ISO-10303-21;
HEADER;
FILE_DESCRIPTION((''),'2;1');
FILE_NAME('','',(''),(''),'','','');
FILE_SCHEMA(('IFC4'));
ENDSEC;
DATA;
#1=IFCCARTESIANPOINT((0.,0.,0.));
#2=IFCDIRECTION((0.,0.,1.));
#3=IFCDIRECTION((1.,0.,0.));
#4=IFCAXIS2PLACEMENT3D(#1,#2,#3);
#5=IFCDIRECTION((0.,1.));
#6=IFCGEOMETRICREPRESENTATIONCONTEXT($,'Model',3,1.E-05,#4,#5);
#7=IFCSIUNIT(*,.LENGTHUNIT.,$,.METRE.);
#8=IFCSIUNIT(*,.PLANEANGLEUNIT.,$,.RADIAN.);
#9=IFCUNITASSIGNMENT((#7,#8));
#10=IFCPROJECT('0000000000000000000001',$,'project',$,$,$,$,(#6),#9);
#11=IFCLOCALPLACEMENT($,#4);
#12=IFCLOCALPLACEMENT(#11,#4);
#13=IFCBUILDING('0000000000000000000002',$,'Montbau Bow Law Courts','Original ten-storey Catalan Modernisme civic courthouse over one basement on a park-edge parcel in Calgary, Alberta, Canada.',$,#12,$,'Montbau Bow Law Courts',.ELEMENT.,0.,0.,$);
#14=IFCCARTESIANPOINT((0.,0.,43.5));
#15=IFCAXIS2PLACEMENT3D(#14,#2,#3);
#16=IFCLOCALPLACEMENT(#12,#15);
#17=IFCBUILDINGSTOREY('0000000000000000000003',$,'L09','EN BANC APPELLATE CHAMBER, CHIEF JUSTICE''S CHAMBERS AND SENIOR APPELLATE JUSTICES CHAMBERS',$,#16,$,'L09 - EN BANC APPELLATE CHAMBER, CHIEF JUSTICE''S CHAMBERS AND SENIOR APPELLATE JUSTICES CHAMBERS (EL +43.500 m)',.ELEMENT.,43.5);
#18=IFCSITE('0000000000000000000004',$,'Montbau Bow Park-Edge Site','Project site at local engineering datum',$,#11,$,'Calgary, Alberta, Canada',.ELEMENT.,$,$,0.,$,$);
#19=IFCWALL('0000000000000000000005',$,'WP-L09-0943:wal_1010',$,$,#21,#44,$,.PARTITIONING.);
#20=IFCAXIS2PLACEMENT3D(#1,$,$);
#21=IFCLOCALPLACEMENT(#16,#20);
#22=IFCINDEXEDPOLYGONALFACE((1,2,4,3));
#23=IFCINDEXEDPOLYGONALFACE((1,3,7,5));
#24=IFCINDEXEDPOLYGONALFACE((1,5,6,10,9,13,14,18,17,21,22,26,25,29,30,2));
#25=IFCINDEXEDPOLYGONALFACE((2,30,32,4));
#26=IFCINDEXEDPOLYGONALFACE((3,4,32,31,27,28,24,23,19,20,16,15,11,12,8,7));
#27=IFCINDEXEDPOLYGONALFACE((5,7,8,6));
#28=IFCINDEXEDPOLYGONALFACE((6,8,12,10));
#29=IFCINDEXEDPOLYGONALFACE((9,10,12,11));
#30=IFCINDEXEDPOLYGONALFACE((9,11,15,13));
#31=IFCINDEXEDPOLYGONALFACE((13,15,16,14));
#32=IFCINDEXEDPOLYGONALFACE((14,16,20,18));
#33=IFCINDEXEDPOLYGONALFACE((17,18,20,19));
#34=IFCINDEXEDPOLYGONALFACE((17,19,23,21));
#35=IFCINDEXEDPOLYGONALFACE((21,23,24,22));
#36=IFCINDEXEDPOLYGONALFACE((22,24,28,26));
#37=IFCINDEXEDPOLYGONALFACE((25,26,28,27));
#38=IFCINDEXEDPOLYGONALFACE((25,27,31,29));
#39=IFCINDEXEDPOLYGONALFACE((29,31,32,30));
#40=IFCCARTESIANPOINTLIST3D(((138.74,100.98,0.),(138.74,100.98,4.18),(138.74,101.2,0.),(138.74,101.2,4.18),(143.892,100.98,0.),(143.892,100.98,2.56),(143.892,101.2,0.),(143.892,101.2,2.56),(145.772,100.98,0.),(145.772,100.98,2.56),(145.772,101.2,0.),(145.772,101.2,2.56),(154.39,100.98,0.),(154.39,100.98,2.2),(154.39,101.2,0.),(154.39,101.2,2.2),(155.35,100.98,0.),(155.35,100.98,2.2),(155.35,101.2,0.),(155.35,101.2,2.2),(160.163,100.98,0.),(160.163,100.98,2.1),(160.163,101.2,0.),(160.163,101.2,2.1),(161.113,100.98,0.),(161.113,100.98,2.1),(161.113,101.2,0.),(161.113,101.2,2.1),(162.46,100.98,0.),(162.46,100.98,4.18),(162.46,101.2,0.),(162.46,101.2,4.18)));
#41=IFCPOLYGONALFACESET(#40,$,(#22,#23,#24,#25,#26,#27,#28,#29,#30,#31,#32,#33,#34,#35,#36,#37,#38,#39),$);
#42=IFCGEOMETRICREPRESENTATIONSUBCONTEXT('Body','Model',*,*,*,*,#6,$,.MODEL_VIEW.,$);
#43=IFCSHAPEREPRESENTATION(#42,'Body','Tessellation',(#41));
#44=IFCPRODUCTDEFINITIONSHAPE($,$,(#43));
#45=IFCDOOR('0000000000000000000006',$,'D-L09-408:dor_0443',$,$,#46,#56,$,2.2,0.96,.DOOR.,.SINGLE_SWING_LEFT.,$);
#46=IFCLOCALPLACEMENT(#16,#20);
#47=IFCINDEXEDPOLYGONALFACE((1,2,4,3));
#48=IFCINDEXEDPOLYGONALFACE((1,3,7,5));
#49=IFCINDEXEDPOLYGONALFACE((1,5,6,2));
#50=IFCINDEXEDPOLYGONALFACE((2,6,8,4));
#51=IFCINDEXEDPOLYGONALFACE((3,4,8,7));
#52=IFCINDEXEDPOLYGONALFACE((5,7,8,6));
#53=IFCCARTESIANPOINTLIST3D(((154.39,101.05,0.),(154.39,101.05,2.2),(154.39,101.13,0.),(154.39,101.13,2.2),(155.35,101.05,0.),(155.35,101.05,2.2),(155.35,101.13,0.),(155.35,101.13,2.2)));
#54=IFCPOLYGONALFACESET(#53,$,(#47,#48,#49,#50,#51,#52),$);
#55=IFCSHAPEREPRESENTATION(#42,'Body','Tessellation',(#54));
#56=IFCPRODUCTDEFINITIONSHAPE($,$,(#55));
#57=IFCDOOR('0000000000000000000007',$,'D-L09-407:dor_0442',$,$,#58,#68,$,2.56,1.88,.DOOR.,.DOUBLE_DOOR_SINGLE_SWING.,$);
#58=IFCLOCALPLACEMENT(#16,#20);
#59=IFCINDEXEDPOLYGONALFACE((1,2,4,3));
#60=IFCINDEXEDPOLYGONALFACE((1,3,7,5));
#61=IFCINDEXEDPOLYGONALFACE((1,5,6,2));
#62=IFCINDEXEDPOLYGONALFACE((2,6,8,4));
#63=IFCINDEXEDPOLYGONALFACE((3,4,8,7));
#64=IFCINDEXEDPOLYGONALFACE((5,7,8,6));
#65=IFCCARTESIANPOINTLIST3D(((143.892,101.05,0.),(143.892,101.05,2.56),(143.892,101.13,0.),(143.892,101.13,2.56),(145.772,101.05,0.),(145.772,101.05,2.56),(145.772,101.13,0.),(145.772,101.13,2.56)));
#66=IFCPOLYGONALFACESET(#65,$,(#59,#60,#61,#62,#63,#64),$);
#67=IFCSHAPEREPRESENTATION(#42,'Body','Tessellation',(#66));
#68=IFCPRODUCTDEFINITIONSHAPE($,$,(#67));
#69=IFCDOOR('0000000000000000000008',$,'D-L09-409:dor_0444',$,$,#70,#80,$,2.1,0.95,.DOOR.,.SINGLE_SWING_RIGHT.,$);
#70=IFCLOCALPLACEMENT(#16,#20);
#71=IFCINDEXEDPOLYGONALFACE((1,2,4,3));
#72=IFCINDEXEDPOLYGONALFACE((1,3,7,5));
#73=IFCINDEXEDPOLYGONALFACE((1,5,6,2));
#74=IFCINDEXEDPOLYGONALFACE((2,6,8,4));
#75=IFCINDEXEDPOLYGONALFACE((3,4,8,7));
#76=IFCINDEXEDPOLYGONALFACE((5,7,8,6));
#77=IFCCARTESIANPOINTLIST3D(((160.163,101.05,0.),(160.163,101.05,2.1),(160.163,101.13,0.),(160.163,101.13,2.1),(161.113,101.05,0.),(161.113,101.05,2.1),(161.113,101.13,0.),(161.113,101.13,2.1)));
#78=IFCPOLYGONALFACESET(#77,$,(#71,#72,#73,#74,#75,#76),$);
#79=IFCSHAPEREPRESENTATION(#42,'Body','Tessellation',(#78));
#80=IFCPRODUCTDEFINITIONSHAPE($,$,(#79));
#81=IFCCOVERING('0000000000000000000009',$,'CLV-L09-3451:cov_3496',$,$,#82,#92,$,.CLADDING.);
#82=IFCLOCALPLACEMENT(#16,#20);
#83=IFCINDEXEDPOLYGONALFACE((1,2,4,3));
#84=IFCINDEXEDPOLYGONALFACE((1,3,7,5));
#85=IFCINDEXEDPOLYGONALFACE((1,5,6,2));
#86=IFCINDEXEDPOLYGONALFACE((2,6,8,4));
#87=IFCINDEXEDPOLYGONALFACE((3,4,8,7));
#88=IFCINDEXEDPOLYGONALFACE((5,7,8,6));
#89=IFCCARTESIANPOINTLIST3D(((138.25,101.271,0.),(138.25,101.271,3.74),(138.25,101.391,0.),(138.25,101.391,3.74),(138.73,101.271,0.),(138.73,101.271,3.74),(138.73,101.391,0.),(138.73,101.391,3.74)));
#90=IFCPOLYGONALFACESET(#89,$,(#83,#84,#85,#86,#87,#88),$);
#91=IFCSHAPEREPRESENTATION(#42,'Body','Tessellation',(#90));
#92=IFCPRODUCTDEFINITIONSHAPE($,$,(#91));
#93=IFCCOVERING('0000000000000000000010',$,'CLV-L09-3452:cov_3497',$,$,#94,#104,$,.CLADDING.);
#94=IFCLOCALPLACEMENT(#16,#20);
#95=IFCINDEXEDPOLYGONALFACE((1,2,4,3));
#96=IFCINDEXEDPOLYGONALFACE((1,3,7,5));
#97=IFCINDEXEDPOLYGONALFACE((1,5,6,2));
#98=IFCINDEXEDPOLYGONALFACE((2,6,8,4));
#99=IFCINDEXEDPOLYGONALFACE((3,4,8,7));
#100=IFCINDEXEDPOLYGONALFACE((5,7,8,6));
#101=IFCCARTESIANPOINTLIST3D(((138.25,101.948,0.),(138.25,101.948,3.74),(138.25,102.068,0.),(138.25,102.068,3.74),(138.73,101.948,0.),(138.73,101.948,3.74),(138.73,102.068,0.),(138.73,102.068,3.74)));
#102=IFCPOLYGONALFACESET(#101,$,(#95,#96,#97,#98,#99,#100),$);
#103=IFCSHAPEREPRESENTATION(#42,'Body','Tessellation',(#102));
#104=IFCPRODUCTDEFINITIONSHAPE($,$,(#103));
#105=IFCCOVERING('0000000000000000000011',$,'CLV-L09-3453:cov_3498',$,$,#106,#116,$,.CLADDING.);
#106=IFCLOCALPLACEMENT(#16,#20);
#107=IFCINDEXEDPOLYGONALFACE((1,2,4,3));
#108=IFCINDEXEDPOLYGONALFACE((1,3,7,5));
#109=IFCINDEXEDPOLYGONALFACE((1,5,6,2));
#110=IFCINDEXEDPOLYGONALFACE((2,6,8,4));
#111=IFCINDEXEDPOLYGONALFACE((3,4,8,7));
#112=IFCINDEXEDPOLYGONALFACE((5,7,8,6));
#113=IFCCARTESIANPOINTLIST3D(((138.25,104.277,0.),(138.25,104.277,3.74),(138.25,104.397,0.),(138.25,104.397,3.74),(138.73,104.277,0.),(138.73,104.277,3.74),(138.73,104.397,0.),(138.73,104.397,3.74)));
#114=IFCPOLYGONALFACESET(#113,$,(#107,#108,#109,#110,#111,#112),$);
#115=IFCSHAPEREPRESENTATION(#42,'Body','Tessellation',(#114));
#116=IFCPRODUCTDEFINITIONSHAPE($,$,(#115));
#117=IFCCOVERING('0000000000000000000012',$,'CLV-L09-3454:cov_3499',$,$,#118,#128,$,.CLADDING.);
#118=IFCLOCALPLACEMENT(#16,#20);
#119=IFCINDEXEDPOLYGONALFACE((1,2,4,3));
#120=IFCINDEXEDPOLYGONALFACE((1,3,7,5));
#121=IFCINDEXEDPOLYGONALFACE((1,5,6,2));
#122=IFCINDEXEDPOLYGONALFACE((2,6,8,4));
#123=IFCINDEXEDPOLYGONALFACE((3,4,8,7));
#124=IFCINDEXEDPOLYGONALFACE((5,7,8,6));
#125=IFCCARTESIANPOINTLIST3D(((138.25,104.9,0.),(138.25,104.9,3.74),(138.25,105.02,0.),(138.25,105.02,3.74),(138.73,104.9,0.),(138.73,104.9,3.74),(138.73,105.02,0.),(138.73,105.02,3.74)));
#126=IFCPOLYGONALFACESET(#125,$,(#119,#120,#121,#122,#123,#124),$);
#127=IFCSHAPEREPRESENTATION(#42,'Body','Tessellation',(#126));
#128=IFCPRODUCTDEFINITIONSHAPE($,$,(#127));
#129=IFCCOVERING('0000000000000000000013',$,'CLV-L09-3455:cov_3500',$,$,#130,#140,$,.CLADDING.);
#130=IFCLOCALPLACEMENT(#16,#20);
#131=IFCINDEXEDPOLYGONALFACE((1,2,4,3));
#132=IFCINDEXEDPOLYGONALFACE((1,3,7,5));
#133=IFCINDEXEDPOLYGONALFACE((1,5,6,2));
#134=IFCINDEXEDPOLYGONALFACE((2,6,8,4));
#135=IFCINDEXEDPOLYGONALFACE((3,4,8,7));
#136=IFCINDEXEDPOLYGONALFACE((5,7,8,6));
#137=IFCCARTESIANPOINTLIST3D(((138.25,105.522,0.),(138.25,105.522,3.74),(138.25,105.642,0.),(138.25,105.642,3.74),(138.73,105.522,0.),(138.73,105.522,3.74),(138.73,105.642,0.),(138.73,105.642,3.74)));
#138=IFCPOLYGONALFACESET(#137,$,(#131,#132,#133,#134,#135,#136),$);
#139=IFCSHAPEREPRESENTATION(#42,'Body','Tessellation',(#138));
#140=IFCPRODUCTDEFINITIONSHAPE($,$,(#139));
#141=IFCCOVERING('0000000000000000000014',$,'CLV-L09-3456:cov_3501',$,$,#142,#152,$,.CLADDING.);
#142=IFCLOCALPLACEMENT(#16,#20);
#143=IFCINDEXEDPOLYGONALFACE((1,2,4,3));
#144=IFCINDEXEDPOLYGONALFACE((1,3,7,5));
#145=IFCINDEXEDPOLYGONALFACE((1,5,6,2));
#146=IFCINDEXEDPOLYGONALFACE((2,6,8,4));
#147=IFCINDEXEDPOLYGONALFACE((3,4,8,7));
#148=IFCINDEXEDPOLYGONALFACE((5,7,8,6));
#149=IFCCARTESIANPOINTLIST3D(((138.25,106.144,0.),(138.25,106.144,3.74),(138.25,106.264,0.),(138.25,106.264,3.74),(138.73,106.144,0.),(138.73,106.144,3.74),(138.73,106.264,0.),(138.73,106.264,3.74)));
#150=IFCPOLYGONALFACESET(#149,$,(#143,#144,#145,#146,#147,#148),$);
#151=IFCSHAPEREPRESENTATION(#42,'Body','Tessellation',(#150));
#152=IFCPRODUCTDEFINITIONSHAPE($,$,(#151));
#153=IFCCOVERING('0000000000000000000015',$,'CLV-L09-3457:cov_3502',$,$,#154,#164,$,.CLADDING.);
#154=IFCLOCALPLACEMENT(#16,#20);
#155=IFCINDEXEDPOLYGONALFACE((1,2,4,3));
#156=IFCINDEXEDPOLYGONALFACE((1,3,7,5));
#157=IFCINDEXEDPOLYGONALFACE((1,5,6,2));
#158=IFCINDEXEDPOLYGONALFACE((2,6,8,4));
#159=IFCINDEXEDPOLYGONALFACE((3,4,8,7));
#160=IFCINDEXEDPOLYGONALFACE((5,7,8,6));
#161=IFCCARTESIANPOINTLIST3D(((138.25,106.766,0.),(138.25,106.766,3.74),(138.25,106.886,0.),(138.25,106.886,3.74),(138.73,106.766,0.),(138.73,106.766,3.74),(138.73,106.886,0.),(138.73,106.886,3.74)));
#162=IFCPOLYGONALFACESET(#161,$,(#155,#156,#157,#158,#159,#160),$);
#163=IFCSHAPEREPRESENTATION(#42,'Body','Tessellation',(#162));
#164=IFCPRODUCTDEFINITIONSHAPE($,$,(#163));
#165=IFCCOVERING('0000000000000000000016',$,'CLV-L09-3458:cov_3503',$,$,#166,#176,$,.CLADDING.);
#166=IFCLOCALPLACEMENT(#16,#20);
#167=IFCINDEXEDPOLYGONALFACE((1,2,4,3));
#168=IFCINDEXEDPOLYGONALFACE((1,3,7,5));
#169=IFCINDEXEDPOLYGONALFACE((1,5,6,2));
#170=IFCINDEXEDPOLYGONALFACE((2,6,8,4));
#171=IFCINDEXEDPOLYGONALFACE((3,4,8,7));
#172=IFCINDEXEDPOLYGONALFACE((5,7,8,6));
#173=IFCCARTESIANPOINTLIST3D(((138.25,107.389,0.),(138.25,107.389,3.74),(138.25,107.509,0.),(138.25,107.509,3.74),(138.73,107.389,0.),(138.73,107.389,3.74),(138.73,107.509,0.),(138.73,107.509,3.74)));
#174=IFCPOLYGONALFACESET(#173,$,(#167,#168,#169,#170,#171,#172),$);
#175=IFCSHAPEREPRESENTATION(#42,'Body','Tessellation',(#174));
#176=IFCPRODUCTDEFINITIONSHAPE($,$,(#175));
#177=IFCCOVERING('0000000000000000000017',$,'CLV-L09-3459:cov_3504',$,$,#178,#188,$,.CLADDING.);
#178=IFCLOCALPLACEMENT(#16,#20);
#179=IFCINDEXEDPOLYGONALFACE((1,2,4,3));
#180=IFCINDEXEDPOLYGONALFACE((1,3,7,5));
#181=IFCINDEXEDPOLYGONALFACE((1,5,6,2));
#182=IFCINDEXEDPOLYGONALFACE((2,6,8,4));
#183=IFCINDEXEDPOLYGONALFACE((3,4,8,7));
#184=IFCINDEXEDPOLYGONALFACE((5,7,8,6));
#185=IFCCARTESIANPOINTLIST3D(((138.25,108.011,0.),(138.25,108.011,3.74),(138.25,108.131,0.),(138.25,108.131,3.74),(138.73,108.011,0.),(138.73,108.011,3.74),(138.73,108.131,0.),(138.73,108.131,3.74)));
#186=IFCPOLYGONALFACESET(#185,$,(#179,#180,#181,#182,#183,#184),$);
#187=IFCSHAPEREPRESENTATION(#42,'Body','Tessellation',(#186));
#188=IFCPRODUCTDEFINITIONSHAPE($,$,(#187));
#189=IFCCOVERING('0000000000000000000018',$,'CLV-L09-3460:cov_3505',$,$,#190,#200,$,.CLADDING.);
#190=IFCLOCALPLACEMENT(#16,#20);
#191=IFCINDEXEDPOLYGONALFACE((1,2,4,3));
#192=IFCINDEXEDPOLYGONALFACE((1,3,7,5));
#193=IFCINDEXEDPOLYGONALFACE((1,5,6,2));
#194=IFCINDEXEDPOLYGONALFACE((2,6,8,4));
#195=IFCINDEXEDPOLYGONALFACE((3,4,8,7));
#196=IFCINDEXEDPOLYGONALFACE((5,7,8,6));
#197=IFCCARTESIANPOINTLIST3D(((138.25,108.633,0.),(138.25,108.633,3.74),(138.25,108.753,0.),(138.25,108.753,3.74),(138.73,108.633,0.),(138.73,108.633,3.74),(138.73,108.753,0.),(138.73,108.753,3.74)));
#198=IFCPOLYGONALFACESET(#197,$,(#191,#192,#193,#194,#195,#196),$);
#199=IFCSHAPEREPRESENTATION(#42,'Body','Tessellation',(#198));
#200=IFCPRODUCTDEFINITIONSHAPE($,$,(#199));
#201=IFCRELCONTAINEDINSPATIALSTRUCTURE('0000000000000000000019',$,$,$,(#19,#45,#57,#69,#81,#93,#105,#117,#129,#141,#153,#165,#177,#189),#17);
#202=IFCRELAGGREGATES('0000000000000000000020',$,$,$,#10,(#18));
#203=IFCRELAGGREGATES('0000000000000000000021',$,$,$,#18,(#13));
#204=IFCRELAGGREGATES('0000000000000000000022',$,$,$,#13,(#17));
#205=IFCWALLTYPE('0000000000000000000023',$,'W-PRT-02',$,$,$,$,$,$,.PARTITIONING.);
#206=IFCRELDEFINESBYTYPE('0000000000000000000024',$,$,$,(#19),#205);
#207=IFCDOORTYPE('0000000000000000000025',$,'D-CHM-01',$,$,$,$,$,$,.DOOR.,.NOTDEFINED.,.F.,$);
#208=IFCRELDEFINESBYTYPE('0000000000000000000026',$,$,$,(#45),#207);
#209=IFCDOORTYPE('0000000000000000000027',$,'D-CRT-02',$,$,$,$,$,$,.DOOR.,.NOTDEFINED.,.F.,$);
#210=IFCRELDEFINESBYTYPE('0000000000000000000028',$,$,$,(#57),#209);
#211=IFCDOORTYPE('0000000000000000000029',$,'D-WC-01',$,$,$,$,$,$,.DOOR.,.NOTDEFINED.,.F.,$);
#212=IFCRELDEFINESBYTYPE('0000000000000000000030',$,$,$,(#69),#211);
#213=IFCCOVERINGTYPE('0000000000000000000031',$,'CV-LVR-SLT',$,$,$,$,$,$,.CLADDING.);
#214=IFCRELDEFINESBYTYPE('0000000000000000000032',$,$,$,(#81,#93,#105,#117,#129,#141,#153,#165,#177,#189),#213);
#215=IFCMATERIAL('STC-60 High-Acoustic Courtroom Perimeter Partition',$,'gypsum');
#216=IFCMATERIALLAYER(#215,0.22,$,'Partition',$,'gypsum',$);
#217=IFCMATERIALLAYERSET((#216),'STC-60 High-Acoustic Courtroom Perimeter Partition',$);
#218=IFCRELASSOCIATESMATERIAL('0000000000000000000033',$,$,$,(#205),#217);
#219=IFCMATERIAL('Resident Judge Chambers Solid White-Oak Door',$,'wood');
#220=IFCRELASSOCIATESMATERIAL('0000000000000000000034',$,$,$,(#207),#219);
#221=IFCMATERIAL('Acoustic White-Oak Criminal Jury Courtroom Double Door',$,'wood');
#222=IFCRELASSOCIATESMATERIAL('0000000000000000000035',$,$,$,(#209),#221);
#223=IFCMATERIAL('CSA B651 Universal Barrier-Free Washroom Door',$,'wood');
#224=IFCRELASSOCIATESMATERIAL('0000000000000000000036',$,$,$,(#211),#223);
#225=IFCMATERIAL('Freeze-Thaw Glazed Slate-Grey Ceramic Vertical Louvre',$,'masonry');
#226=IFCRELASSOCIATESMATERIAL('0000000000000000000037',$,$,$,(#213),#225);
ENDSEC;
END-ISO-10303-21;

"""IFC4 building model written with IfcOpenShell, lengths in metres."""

from ifc_helpers import new_model, si_unit, direction, frame, frame_2d, origin_with_axes, place, context, subcontext, project, spatial, rectangle, extrude, material, layer, layer_set, type_object, element, fill, save


model = new_model("IFC4")

# Units and contexts
model_context = context("Model", 3, precision=1e-05, world=origin_with_axes(), true_north=direction((0.0, 1.0)))
body_context = subcontext(model_context, "Body", "Model", "MODEL_VIEW")
ifc_project = project(units=[si_unit("LENGTHUNIT", "METRE"), si_unit("PLANEANGLEUNIT", "RADIAN")], contexts=[model_context])

# Site, building, storey
site_placement = place(None, origin_with_axes())
site = spatial("IfcSite", under=ifc_project, at=site_placement, Name="Montbau Bow Park-Edge Site", Description="Project site at local engineering datum", LongName="Calgary, Alberta, Canada", CompositionType="ELEMENT", RefElevation=0.0)
building_placement = place(site_placement, origin_with_axes())
building = spatial("IfcBuilding", under=site, at=building_placement, Name="Montbau Bow Law Courts", Description="Original ten-storey Catalan Modernisme civic courthouse over one basement on a park-edge parcel in Calgary, Alberta, Canada.", LongName="Montbau Bow Law Courts", CompositionType="ELEMENT", ElevationOfRefHeight=0.0, ElevationOfTerrain=0.0)
storey_placement = place(building_placement, frame((0.0, 0.0, 43.5), z_axis=(0.0, 0.0, 1.0), x_axis=(1.0, 0.0, 0.0)))
storey = spatial("IfcBuildingStorey", under=building, at=storey_placement, Name="L09", Description="EN BANC APPELLATE CHAMBER, CHIEF JUSTICE'S CHAMBERS AND SENIOR APPELLATE JUSTICES CHAMBERS", LongName="L09 - EN BANC APPELLATE CHAMBER, CHIEF JUSTICE'S CHAMBERS AND SENIOR APPELLATE JUSTICES CHAMBERS (EL +43.500 m)", CompositionType="ELEMENT", Elevation=43.5)

# Wall, openings, doors
ifc_material_1 = material(Name="STC-60 High-Acoustic Courtroom Perimeter Partition", Category="gypsum")
ifc_layer_1 = layer(ifc_material_1, 0.22, Name="Partition", Category="gypsum")
ifc_layer_set_1 = layer_set([ifc_layer_1], Name="STC-60 High-Acoustic Courtroom Perimeter Partition")
wall_type = type_object("IfcWallType", Name="W-PRT-02", PredefinedType="PARTITIONING", material=ifc_layer_set_1)
wall_placement = place(None, frame((138.74, 101.09, 43.5), z_axis=(0.0, 0.0, 1.0), x_axis=(1.0, 0.0, 0.0)))
wall = element("IfcWall", 1, at=wall_placement, inside=storey, type_object=wall_type, Name="WP-L09-0943:wal_1010", PredefinedType="PARTITIONING", context=body_context, shape_type="SweptSolid", body=[
    extrude(rectangle(XDim=23.72, YDim=0.22, at=frame_2d((11.86, 0.0), x_axis=(1.0, 0.0))), origin_with_axes(), (0.0, 0.0, 1.0), 4.18),
])
opening_1_placement = place(None, frame((144.832, 101.09, 43.5), z_axis=(0.0, 0.0, 1.0), x_axis=(1.0, 0.0, 0.0)))
opening_1 = element("IfcOpeningElement", 2, at=opening_1_placement, cuts=wall, PredefinedType="OPENING", context=body_context, shape_type="SweptSolid", body=[
    extrude(rectangle(XDim=1.88, YDim=2.56, at=frame_2d((0.0, 1.28), x_axis=(1.0, 0.0))), frame((0.0, 0.12, 0.0), z_axis=(0.0, -1.0, 0.0), x_axis=(1.0, 0.0, 0.0)), (0.0, 0.0, 1.0), 0.24),
])
opening_2_placement = place(None, frame((154.87, 101.09, 43.5), z_axis=(0.0, 0.0, 1.0), x_axis=(1.0, 0.0, 0.0)))
opening_2 = element("IfcOpeningElement", 3, at=opening_2_placement, cuts=wall, PredefinedType="OPENING", context=body_context, shape_type="SweptSolid", body=[
    extrude(rectangle(XDim=0.96, YDim=2.2, at=frame_2d((0.0, 1.1), x_axis=(1.0, 0.0))), frame((0.0, 0.12, 0.0), z_axis=(0.0, -1.0, 0.0), x_axis=(1.0, 0.0, 0.0)), (0.0, 0.0, 1.0), 0.24),
])
opening_3_placement = place(None, frame((160.638, 101.09, 43.5), z_axis=(0.0, 0.0, 1.0), x_axis=(1.0, 0.0, 0.0)))
opening_3 = element("IfcOpeningElement", 4, at=opening_3_placement, cuts=wall, PredefinedType="OPENING", context=body_context, shape_type="SweptSolid", body=[
    extrude(rectangle(XDim=0.95, YDim=2.1, at=frame_2d((0.0, 1.05), x_axis=(1.0, 0.0))), frame((0.0, 0.12, 0.0), z_axis=(0.0, -1.0, 0.0), x_axis=(1.0, 0.0, 0.0)), (0.0, 0.0, 1.0), 0.24),
])
ifc_material_2 = material(Name="Resident Judge Chambers Solid White-Oak Door", Category="wood")
door_type_1 = type_object("IfcDoorType", Name="D-CHM-01", OperationType="NOTDEFINED", ParameterTakesPrecedence=False, PredefinedType="DOOR", material=ifc_material_2)
door_1_placement = place(None, frame((154.87, 101.09, 43.5), z_axis=(0.0, 0.0, 1.0), x_axis=(-1.0, 0.0, 0.0)))
door_1 = element("IfcDoor", 5, at=door_1_placement, inside=storey, type_object=door_type_1, Name="D-L09-408:dor_0443", OperationType="SINGLE_SWING_LEFT", OverallHeight=2.2, OverallWidth=0.96, PredefinedType="DOOR", context=body_context, shape_type="SweptSolid", body=[
    extrude(rectangle(XDim=0.96, YDim=2.2, at=frame_2d((0.0, 1.1), x_axis=(1.0, 0.0))), frame((0.0, 0.04, 0.0), z_axis=(0.0, -1.0, 0.0), x_axis=(1.0, 0.0, 0.0)), (0.0, 0.0, 1.0), 0.08),
])
fill(opening_2, door_1)
ifc_material_3 = material(Name="Acoustic White-Oak Criminal Jury Courtroom Double Door", Category="wood")
door_type_2 = type_object("IfcDoorType", Name="D-CRT-02", OperationType="NOTDEFINED", ParameterTakesPrecedence=False, PredefinedType="DOOR", material=ifc_material_3)
door_2_placement = place(None, frame((144.832, 101.09, 43.5), z_axis=(0.0, 0.0, 1.0), x_axis=(-1.0, 0.0, 0.0)))
door_2 = element("IfcDoor", 6, at=door_2_placement, inside=storey, type_object=door_type_2, Name="D-L09-407:dor_0442", OperationType="DOUBLE_DOOR_SINGLE_SWING", OverallHeight=2.56, OverallWidth=1.88, PredefinedType="DOOR", context=body_context, shape_type="SweptSolid", body=[
    extrude(rectangle(XDim=1.88, YDim=2.56, at=frame_2d((0.0, 1.28), x_axis=(1.0, 0.0))), frame((0.0, 0.04, 0.0), z_axis=(0.0, -1.0, 0.0), x_axis=(1.0, 0.0, 0.0)), (0.0, 0.0, 1.0), 0.08),
])
fill(opening_1, door_2)
ifc_material_4 = material(Name="CSA B651 Universal Barrier-Free Washroom Door", Category="wood")
door_type_3 = type_object("IfcDoorType", Name="D-WC-01", OperationType="NOTDEFINED", ParameterTakesPrecedence=False, PredefinedType="DOOR", material=ifc_material_4)
door_3_placement = place(None, frame((160.638, 101.09, 43.5), z_axis=(0.0, 0.0, 1.0), x_axis=(-1.0, 0.0, 0.0)))
door_3 = element("IfcDoor", 7, at=door_3_placement, inside=storey, type_object=door_type_3, Name="D-L09-409:dor_0444", OperationType="SINGLE_SWING_RIGHT", OverallHeight=2.1, OverallWidth=0.95, PredefinedType="DOOR", context=body_context, shape_type="SweptSolid", body=[
    extrude(rectangle(XDim=0.95, YDim=2.1, at=frame_2d((0.0, 1.05), x_axis=(1.0, 0.0))), frame((0.0, 0.04, 0.0), z_axis=(0.0, -1.0, 0.0), x_axis=(1.0, 0.0, 0.0)), (0.0, 0.0, 1.0), 0.08),
])
fill(opening_3, door_3)

# Coverings
ifc_material_5 = material(Name="Freeze-Thaw Glazed Slate-Grey Ceramic Vertical Louvre", Category="masonry")
covering_type = type_object("IfcCoveringType", Name="CV-LVR-SLT", PredefinedType="CLADDING", material=ifc_material_5)
for number, where, z_axis, x_axis, name in (
    (8, (138.73, 101.331, 43.5), (0.0, 1.0, 0.0), (-1.0, 0.0, 0.0), "CLV-L09-3451:cov_3496"),
    (9, (138.73, 102.008, 43.5), (0.0, 1.0, 0.0), (-1.0, 0.0, 0.0), "CLV-L09-3452:cov_3497"),
    (10, (138.73, 104.337, 43.5), (0.0, 1.0, 0.0), (-1.0, 0.0, 0.0), "CLV-L09-3453:cov_3498"),
    (11, (138.73, 104.96, 43.5), (0.0, 1.0, 0.0), (-1.0, 0.0, 0.0), "CLV-L09-3454:cov_3499"),
    (12, (138.73, 105.582, 43.5), (0.0, 1.0, 0.0), (-1.0, 0.0, 0.0), "CLV-L09-3455:cov_3500"),
    (13, (138.73, 106.204, 43.5), (0.0, 1.0, 0.0), (-1.0, 0.0, 0.0), "CLV-L09-3456:cov_3501"),
    (14, (138.73, 106.826, 43.5), (0.0, 1.0, 0.0), (-1.0, 0.0, 0.0), "CLV-L09-3457:cov_3502"),
    (15, (138.73, 107.449, 43.5), (0.0, 1.0, 0.0), (-1.0, 0.0, 0.0), "CLV-L09-3458:cov_3503"),
    (16, (138.73, 108.071, 43.5), (0.0, 1.0, 0.0), (-1.0, 0.0, 0.0), "CLV-L09-3459:cov_3504"),
    (17, (138.73, 108.693, 43.5), (0.0, 1.0, 0.0), (-1.0, 0.0, 0.0), "CLV-L09-3460:cov_3505"),
):
    element("IfcCovering", number, at=place(None, frame(where, z_axis=z_axis, x_axis=x_axis)), inside=storey, type_object=covering_type, Name=name, PredefinedType="CLADDING", context=body_context, shape_type="SweptSolid", body=[
        extrude(rectangle(XDim=0.48, YDim=3.74, at=frame_2d((0.24, 1.87), x_axis=(1.0, 0.0))), frame((0.0, 0.0, -0.06), z_axis=(0.0, 0.0, 1.0), x_axis=(1.0, 0.0, 0.0)), (0.0, 0.0, 1.0), 0.12),
    ])

save(model, "model.ifc")
